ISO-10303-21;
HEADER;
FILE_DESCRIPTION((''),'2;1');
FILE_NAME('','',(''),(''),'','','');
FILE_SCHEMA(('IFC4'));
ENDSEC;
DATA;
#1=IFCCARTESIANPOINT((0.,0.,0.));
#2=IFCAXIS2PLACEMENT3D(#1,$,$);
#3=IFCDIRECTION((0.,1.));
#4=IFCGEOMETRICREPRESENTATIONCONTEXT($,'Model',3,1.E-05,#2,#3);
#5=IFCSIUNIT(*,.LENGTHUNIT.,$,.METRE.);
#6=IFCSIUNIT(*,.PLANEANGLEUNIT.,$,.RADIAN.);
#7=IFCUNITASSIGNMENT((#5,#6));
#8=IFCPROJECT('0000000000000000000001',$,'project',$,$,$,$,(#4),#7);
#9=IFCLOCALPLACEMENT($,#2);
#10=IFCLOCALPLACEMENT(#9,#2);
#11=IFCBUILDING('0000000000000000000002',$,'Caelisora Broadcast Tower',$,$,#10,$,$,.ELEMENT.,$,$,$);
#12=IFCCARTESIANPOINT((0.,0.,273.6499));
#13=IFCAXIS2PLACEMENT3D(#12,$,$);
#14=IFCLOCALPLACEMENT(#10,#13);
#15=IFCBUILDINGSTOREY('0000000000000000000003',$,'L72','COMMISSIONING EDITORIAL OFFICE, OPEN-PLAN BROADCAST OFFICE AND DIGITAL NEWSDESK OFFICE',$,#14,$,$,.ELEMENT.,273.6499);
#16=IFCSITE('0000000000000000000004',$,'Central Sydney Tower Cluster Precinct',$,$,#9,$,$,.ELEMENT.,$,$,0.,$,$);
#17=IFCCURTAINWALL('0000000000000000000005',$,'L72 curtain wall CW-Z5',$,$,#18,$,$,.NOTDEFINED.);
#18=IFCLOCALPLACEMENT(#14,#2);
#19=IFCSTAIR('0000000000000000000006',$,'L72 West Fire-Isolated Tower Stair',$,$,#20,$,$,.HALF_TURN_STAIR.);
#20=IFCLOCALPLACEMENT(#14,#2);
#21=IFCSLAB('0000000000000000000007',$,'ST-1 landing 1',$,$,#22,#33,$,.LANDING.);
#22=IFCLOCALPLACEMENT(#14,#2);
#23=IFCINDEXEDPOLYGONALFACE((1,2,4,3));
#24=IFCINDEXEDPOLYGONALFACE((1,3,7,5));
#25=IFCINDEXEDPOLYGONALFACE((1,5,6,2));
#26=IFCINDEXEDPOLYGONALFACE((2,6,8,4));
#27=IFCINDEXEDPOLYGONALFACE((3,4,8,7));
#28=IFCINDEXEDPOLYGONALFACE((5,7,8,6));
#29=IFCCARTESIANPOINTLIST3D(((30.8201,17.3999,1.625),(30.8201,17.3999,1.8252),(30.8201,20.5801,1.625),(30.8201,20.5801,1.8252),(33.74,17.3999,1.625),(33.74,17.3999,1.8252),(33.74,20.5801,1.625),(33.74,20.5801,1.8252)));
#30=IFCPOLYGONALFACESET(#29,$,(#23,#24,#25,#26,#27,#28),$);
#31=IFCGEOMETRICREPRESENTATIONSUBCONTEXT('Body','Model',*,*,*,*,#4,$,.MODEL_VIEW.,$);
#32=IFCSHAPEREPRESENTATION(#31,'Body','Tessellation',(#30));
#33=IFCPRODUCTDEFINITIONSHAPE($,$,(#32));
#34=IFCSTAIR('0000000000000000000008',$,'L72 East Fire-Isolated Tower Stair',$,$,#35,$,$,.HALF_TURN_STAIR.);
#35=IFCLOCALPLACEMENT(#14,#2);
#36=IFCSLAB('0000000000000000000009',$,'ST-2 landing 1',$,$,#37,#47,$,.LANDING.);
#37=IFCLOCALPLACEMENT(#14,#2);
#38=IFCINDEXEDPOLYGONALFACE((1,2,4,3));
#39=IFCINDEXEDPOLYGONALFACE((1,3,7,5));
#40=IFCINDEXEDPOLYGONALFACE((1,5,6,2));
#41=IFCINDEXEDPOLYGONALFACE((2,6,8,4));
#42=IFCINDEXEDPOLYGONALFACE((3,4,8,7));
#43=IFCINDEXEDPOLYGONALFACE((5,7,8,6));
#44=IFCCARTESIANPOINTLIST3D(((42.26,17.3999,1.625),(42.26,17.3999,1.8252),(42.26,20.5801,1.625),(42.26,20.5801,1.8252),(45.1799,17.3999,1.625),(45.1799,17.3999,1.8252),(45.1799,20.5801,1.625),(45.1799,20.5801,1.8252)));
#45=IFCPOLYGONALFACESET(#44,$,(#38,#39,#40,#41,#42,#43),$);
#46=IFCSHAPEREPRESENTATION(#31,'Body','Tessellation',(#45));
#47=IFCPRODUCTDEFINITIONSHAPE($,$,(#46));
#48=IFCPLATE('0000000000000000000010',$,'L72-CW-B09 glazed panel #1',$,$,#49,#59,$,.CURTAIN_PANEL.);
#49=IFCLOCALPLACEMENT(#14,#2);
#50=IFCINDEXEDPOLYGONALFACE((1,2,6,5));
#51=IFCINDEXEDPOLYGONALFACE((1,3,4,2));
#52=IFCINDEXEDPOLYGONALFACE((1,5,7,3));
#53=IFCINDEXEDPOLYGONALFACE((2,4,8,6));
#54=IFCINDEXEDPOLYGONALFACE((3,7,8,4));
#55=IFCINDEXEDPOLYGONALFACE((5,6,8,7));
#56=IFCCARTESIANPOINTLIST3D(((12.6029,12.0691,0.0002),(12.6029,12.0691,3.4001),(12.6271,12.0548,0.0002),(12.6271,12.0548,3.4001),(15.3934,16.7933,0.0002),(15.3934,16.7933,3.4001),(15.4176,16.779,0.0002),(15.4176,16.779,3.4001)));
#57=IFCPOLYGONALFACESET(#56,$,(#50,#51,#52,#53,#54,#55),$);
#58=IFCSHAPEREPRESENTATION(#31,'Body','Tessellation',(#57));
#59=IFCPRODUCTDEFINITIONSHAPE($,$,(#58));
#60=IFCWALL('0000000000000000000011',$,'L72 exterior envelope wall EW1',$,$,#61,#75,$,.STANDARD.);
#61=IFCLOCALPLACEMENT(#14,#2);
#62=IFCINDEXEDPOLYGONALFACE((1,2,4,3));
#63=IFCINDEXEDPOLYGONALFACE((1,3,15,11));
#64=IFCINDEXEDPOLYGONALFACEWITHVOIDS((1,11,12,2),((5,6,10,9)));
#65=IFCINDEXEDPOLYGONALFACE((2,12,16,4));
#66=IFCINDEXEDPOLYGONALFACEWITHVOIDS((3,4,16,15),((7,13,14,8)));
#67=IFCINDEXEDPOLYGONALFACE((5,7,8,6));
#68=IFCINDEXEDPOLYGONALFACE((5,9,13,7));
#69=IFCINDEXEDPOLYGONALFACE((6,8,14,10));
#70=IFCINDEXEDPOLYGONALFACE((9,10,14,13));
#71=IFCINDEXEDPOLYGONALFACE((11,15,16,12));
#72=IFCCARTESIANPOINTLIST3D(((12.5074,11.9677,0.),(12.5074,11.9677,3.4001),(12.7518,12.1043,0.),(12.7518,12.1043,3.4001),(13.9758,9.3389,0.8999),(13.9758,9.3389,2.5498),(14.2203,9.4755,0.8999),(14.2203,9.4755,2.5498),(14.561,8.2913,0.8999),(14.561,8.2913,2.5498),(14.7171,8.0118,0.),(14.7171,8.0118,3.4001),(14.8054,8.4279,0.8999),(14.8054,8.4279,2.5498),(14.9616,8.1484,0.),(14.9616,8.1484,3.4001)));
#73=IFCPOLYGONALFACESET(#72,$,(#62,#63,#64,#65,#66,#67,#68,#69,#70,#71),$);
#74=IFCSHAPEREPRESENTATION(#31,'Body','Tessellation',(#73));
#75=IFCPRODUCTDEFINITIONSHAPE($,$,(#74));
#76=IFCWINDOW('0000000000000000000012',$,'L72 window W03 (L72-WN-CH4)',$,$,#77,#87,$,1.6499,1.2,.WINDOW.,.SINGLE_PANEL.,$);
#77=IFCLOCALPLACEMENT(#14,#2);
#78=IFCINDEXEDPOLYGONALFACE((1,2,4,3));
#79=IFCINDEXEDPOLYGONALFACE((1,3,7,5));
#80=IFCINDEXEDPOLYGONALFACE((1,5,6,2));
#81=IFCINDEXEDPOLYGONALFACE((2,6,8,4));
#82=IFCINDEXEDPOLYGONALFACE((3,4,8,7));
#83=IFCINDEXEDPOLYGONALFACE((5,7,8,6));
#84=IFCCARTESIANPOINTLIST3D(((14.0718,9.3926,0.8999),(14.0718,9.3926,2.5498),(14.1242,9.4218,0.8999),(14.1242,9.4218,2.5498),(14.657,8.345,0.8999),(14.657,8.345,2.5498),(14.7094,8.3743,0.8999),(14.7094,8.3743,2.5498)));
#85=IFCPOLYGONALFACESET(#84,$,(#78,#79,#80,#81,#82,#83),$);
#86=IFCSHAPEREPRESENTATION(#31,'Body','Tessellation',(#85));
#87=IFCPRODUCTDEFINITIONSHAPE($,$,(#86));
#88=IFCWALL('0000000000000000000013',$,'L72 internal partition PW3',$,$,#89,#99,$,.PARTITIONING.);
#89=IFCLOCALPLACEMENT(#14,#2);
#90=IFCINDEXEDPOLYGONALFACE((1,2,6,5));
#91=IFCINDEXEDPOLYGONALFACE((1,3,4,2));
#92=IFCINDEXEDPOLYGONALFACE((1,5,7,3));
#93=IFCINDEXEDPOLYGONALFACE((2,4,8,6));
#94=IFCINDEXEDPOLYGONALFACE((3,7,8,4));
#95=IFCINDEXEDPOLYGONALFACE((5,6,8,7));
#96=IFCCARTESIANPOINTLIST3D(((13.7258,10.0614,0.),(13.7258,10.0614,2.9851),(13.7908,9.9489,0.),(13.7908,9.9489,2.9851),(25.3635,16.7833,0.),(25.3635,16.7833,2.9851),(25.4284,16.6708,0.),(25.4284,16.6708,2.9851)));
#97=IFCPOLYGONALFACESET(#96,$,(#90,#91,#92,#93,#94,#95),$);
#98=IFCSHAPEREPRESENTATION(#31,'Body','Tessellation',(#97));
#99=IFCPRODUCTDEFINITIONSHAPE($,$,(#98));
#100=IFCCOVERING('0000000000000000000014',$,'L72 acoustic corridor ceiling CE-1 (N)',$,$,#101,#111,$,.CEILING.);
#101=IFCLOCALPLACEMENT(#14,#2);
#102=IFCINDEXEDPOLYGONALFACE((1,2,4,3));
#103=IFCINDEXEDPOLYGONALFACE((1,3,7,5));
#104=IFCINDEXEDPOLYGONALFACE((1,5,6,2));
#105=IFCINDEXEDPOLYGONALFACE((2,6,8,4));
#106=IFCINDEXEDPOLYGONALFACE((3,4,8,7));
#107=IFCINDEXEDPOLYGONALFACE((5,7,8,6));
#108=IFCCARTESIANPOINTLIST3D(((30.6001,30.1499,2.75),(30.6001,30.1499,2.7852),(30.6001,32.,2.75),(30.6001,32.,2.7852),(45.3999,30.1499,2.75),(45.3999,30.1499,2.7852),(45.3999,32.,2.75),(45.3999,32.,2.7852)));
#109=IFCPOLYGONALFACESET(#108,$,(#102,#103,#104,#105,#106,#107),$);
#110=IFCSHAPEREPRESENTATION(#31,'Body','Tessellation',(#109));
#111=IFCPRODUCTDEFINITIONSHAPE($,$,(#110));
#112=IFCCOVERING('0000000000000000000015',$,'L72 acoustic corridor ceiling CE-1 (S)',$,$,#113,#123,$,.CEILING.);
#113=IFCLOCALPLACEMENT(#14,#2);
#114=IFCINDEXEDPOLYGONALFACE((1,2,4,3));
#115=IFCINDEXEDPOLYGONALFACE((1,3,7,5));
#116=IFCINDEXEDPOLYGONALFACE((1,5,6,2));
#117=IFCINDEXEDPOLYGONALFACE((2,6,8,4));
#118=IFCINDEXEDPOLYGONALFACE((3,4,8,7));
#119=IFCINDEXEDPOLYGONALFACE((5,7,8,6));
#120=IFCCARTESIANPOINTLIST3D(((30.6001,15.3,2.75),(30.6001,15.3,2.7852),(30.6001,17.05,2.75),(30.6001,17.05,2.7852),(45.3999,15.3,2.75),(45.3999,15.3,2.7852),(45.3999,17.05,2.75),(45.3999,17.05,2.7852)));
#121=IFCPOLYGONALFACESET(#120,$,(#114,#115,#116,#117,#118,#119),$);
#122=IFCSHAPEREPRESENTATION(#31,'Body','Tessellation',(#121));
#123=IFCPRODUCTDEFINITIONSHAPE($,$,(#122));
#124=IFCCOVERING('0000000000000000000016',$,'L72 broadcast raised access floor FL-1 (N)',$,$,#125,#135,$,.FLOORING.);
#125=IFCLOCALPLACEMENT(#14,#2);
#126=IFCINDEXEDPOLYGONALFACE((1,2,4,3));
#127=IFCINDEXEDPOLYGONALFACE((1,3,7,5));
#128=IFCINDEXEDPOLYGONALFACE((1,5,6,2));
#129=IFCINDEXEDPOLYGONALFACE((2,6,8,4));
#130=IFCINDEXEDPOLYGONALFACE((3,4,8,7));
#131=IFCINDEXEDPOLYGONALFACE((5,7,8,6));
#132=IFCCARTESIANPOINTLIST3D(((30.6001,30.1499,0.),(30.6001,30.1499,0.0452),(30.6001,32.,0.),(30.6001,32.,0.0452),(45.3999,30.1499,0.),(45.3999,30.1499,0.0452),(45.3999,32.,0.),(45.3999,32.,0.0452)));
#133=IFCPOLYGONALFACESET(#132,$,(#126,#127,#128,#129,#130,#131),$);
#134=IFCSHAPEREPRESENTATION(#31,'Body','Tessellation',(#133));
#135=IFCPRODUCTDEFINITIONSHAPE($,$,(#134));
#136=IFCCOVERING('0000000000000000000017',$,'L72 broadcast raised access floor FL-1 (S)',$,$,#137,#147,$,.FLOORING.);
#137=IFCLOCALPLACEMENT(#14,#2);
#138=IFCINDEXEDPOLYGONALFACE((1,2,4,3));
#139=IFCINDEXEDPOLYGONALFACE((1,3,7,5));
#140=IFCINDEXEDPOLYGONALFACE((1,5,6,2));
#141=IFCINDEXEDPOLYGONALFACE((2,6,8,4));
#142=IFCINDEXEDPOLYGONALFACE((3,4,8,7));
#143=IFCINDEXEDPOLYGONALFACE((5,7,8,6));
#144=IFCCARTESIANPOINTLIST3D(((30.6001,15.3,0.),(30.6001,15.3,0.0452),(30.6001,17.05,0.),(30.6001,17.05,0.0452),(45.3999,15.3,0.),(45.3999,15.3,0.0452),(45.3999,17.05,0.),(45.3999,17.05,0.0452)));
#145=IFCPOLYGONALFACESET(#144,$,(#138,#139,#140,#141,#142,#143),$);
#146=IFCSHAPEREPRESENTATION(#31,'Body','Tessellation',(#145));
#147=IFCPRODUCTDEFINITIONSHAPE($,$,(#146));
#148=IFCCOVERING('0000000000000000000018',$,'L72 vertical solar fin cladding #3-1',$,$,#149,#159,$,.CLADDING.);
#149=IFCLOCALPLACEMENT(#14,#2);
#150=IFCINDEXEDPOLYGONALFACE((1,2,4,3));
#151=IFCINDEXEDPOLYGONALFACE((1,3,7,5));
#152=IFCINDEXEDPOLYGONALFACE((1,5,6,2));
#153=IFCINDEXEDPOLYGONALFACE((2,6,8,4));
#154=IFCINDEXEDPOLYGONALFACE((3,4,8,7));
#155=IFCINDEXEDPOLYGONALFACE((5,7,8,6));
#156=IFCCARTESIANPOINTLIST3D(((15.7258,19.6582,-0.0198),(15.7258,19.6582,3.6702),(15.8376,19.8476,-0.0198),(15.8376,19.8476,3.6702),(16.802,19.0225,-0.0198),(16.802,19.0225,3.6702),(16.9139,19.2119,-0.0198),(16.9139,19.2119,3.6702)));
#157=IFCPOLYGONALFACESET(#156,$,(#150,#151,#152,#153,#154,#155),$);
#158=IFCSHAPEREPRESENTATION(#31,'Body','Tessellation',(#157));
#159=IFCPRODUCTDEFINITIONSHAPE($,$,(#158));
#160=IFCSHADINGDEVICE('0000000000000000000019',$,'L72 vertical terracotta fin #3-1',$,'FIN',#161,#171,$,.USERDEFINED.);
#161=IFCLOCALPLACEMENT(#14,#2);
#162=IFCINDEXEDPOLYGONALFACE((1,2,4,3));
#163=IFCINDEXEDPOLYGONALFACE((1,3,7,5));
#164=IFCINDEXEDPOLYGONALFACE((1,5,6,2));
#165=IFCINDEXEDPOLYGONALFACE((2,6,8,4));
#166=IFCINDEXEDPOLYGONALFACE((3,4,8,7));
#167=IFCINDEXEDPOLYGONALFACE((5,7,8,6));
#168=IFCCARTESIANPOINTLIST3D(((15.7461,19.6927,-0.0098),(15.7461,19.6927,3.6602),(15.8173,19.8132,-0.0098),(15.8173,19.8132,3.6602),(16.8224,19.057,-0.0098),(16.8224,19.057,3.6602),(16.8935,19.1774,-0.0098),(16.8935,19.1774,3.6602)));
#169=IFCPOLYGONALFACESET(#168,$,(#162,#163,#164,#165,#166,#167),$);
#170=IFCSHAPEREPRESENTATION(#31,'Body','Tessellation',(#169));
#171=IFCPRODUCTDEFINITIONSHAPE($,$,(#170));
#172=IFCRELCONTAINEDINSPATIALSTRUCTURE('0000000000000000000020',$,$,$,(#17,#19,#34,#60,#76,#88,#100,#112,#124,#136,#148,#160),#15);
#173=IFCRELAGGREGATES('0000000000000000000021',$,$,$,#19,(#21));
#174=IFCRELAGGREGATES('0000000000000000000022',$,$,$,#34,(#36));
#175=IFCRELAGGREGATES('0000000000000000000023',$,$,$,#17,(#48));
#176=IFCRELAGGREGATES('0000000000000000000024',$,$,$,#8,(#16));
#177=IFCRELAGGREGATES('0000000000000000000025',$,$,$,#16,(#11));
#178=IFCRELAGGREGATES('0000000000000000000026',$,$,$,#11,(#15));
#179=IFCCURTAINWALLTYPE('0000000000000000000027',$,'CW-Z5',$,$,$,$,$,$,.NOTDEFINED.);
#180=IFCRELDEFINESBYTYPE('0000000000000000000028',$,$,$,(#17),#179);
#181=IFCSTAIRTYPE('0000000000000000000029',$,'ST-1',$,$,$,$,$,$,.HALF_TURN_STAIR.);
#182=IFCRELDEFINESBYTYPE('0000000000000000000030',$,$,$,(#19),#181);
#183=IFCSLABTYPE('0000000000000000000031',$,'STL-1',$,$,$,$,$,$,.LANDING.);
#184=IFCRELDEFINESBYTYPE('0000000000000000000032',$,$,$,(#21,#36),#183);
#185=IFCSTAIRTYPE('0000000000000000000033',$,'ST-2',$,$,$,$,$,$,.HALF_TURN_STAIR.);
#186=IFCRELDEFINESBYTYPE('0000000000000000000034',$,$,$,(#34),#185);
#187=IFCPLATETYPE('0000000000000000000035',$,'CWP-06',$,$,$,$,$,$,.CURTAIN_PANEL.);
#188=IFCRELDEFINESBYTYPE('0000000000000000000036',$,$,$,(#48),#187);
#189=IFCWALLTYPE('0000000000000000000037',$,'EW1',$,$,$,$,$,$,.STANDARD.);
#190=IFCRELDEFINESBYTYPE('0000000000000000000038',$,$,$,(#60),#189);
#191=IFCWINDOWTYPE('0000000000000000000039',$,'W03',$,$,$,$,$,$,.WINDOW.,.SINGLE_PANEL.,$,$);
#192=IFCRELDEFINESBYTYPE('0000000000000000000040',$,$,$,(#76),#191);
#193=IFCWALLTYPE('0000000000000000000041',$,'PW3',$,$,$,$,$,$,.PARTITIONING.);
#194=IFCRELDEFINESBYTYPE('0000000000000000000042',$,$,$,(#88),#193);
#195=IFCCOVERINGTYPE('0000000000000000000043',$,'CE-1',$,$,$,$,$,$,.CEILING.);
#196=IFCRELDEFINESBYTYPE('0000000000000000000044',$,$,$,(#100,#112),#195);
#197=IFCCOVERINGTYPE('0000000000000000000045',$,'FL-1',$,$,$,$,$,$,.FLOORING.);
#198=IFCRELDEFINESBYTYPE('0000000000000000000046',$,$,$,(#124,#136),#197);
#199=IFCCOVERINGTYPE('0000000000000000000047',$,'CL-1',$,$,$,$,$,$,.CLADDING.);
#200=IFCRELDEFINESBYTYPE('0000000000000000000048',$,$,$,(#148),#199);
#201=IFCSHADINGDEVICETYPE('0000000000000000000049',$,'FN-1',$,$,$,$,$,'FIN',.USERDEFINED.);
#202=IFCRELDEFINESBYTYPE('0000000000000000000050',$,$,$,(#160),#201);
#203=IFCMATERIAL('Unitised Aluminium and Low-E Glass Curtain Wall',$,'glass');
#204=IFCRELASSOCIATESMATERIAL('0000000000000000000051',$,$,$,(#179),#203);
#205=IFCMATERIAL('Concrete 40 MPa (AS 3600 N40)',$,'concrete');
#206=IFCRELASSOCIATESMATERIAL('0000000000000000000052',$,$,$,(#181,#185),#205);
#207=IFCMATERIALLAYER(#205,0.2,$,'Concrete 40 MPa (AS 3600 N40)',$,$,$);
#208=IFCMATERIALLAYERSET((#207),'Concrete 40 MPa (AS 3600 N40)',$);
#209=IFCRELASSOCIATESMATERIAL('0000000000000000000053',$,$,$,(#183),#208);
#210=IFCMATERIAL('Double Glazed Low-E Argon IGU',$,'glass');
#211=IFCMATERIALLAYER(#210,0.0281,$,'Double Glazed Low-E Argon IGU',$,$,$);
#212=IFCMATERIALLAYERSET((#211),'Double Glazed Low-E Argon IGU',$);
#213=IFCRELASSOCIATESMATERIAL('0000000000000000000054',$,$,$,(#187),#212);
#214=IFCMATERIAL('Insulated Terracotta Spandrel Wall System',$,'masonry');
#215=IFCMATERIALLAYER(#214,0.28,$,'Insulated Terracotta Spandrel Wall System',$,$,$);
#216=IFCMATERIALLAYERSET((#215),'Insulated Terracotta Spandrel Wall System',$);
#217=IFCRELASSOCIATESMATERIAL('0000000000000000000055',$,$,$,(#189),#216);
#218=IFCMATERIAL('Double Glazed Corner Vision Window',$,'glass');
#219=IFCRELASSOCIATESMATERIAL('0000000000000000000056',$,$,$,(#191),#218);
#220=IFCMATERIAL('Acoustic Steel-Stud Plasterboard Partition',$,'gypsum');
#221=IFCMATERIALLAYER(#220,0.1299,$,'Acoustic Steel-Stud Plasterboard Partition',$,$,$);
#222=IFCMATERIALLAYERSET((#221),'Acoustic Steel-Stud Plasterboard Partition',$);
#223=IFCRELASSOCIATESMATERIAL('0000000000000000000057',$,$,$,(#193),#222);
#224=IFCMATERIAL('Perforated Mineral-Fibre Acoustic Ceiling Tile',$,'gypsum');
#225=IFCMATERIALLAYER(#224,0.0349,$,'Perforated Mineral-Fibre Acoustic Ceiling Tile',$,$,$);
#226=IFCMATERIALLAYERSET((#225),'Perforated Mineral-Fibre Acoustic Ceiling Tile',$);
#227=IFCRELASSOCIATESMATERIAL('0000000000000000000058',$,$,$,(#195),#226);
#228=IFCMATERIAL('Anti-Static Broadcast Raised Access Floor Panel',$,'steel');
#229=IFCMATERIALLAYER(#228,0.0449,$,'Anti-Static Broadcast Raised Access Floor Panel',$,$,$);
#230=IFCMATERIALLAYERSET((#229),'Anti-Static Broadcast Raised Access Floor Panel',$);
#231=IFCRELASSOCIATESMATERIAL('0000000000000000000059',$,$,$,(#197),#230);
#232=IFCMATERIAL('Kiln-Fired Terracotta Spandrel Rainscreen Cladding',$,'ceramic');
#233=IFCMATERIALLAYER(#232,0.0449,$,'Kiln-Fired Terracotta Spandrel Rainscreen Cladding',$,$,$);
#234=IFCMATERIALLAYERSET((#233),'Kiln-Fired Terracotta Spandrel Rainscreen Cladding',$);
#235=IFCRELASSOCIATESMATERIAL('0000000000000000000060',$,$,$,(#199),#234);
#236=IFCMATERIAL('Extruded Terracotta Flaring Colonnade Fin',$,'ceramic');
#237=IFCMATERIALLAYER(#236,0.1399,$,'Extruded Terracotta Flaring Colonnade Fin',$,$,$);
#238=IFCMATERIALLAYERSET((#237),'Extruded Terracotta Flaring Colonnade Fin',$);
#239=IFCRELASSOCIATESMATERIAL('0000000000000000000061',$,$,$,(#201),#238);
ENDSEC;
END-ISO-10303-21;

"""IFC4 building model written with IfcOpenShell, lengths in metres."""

from ifc_helpers import new_model, si_unit, direction, frame, frame_2d, origin, origin_2d, place, context, subcontext, project, spatial, polyline, rectangle, outline, extrude, source, transform, mapped, material, layer, layer_set, type_object, type_shapes, element, fill, aggregate, save


model = new_model("IFC4")

# Units and contexts
model_context = context("Model", 3, precision=1e-05, world=origin(), true_north=direction((0.0, 1.0)))
body_context = subcontext(model_context, "Body", "Model", "MODEL_VIEW")
ifc_project = project(units=[si_unit("LENGTHUNIT", "METRE"), si_unit("PLANEANGLEUNIT", "RADIAN")], contexts=[model_context])

# Site, building, storey
site_placement = place(None, origin())
site = spatial("IfcSite", under=ifc_project, at=site_placement, Name="Central Sydney Tower Cluster Precinct", CompositionType="ELEMENT", RefElevation=0.0)
building_placement = place(site_placement, origin())
building = spatial("IfcBuilding", under=site, at=building_placement, Name="Caelisora Broadcast Tower", CompositionType="ELEMENT")
storey_placement = place(building_placement, frame((0.0, 0.0, 273.6499)))
storey = spatial("IfcBuildingStorey", under=building, at=storey_placement, Name="L72", Description="COMMISSIONING EDITORIAL OFFICE, OPEN-PLAN BROADCAST OFFICE AND DIGITAL NEWSDESK OFFICE", CompositionType="ELEMENT", Elevation=273.6499)

# Shared definitions
ifc_material_1 = material(Name="Unitised Aluminium and Low-E Glass Curtain Wall", Category="glass")
curtain_wall_type = type_object("IfcCurtainWallType", Name="CW-Z5", PredefinedType="NOTDEFINED", material=ifc_material_1)

# Curtain wall
curtain_wall_1_placement = place(storey_placement, origin())
curtain_wall_1 = element("IfcCurtainWall", 1, at=curtain_wall_1_placement, inside=storey, type_object=curtain_wall_type, Name="L72 curtain wall CW-Z5", PredefinedType="NOTDEFINED")

# Shared definitions
ifc_material_2 = material(Name="Concrete 40 MPa (AS 3600 N40)", Category="concrete")

# Stairs, slabs
stair_type_1 = type_object("IfcStairType", Name="ST-1", PredefinedType="HALF_TURN_STAIR", material=ifc_material_2)
stair_1_placement = place(storey_placement, origin())
stair_1 = element("IfcStair", 2, at=stair_1_placement, inside=storey, type_object=stair_type_1, Name="L72 West Fire-Isolated Tower Stair", PredefinedType="HALF_TURN_STAIR")
ifc_layer_1 = layer(ifc_material_2, 0.2, Name="Concrete 40 MPa (AS 3600 N40)")
ifc_layer_set_1 = layer_set([ifc_layer_1], Name="Concrete 40 MPa (AS 3600 N40)")
slab_type_1 = type_object("IfcSlabType", Name="STL-1", PredefinedType="LANDING", material=ifc_layer_set_1)
slab_1_placement = place(storey_placement, frame((0.0, 0.0, 1.625)))
slab_1 = element("IfcSlab", 3, at=slab_1_placement, type_object=slab_type_1, Name="ST-1 landing 1", PredefinedType="LANDING", context=body_context, shape_type="SweptSolid", body=[
    extrude(outline(polyline([(30.8201, 20.5801), (30.8201, 17.3999), (33.74, 17.3999), (33.74, 20.5801), (30.8201, 20.5801)])), origin(), (0.0, 0.0, 1.0), 0.2002),
])
aggregate(stair_1, [slab_1])
stair_type_2 = type_object("IfcStairType", Name="ST-2", PredefinedType="HALF_TURN_STAIR", material=ifc_material_2)
stair_2_placement = place(storey_placement, origin())
stair_2 = element("IfcStair", 4, at=stair_2_placement, inside=storey, type_object=stair_type_2, Name="L72 East Fire-Isolated Tower Stair", PredefinedType="HALF_TURN_STAIR")
slab_2_placement = place(storey_placement, frame((0.0, 0.0, 1.625)))
slab_2 = element("IfcSlab", 5, at=slab_2_placement, type_object=slab_type_1, Name="ST-2 landing 1", PredefinedType="LANDING", context=body_context, shape_type="SweptSolid", body=[
    extrude(outline(polyline([(42.26, 20.5801), (42.26, 17.3999), (45.1799, 17.3999), (45.1799, 20.5801), (42.26, 20.5801)])), origin(), (0.0, 0.0, 1.0), 0.2002),
])
aggregate(stair_2, [slab_2])

# Plate
ifc_material_3 = material(Name="Double Glazed Low-E Argon IGU", Category="glass")
ifc_layer_2 = layer(ifc_material_3, 0.0281, Name="Double Glazed Low-E Argon IGU")
ifc_layer_set_2 = layer_set([ifc_layer_2], Name="Double Glazed Low-E Argon IGU")
plate_type = type_object("IfcPlateType", Name="CWP-06", PredefinedType="CURTAIN_PANEL", material=ifc_layer_set_2)
shared_shape_1 = source(origin(), body_context, "Body", "SweptSolid", [
    extrude(rectangle(XDim=5.4868, YDim=0.0281, at=origin_2d()), origin(), (0.0, 0.0, 1.0), 3.3999),
])
type_shapes(plate_type, [shared_shape_1])
plate_placement = place(storey_placement, frame((14.0103, 14.4241, 0.0002), z_axis=(0.0, 0.0, 1.0), x_axis=(0.508591, 0.861008, 0.0)))
plate = element("IfcPlate", 6, at=plate_placement, type_object=plate_type, Name="L72-CW-B09 glazed panel #1", PredefinedType="CURTAIN_PANEL", context=body_context, shape_type="MappedRepresentation", body=[
    mapped(shared_shape_1, transform((0.0, 0.0, 0.0), scale=1.0)),
])
aggregate(curtain_wall_1, [plate])

# Wall, opening, window
ifc_material_4 = material(Name="Insulated Terracotta Spandrel Wall System", Category="masonry")
ifc_layer_3 = layer(ifc_material_4, 0.28, Name="Insulated Terracotta Spandrel Wall System")
ifc_layer_set_3 = layer_set([ifc_layer_3], Name="Insulated Terracotta Spandrel Wall System")
wall_type_1 = type_object("IfcWallType", Name="EW1", PredefinedType="STANDARD", material=ifc_layer_set_3)
wall_1_placement = place(storey_placement, frame((14.8394, 8.0801, 0.0), z_axis=(0.0, 0.0, 1.0), x_axis=(-0.487673, 0.873026, 0.0)))
wall_1 = element("IfcWall", 7, at=wall_1_placement, inside=storey, type_object=wall_type_1, Name="L72 exterior envelope wall EW1", PredefinedType="STANDARD", context=body_context, shape_type="SweptSolid", body=[
    extrude(rectangle(XDim=4.5312, YDim=0.28, at=frame_2d((2.2656, 0.0))), origin(), (0.0, 0.0, 1.0), 3.4001),
])
opening_placement = place(wall_1_placement, frame((0.3201, 0.0, 0.8999)))
opening = element("IfcOpeningElement", 8, at=opening_placement, cuts=wall_1, PredefinedType="OPENING", context=body_context, shape_type="SweptSolid", body=[
    extrude(rectangle(XDim=1.2, YDim=1.6499, at=frame_2d((0.6001, 0.825))), frame((0.0, 0.1521, 0.0), z_axis=(0.0, -1.0, 0.0), x_axis=(1.0, 0.0, 0.0)), (0.0, 0.0, 1.0), 0.304),
])
ifc_material_5 = material(Name="Double Glazed Corner Vision Window", Category="glass")
window_type = type_object("IfcWindowType", Name="W03", PartitioningType="SINGLE_PANEL", PredefinedType="WINDOW", material=ifc_material_5)
window_placement = place(opening_placement, origin())
window = element("IfcWindow", 9, at=window_placement, inside=storey, type_object=window_type, Name="L72 window W03 (L72-WN-CH4)", OverallHeight=1.6499, OverallWidth=1.2, PartitioningType="SINGLE_PANEL", PredefinedType="WINDOW", context=body_context, shape_type="SweptSolid", body=[
    extrude(rectangle(XDim=1.2, YDim=1.6499, at=frame_2d((0.6001, 0.825))), frame((0.0, 0.03, 0.0), z_axis=(0.0, -1.0, 0.0), x_axis=(1.0, 0.0, 0.0)), (0.0, 0.0, 1.0), 0.0601),
])
fill(opening, window)

# Wall
ifc_material_6 = material(Name="Acoustic Steel-Stud Plasterboard Partition", Category="gypsum")
ifc_layer_4 = layer(ifc_material_6, 0.1299, Name="Acoustic Steel-Stud Plasterboard Partition")
ifc_layer_set_4 = layer_set([ifc_layer_4], Name="Acoustic Steel-Stud Plasterboard Partition")
wall_type_2 = type_object("IfcWallType", Name="PW3", PredefinedType="PARTITIONING", material=ifc_layer_set_4)
wall_2_placement = place(storey_placement, frame((13.7583, 10.0051, 0.0), z_axis=(0.0, 0.0, 1.0), x_axis=(0.865932, 0.500162, 0.0)))
element("IfcWall", 10, at=wall_2_placement, inside=storey, type_object=wall_type_2, Name="L72 internal partition PW3", PredefinedType="PARTITIONING", context=body_context, shape_type="SweptSolid", body=[
    extrude(rectangle(XDim=13.4395, YDim=0.1299, at=frame_2d((6.7197, 0.0))), origin(), (0.0, 0.0, 1.0), 2.9851),
])

# Coverings
ifc_material_7 = material(Name="Perforated Mineral-Fibre Acoustic Ceiling Tile", Category="gypsum")
ifc_layer_5 = layer(ifc_material_7, 0.0349, Name="Perforated Mineral-Fibre Acoustic Ceiling Tile")
ifc_layer_set_5 = layer_set([ifc_layer_5], Name="Perforated Mineral-Fibre Acoustic Ceiling Tile")
covering_type_1 = type_object("IfcCoveringType", Name="CE-1", PredefinedType="CEILING", material=ifc_layer_set_5)
covering_1_placement = place(storey_placement, frame((0.0, 0.0, 2.75)))
element("IfcCovering", 11, at=covering_1_placement, inside=storey, type_object=covering_type_1, Name="L72 acoustic corridor ceiling CE-1 (N)", PredefinedType="CEILING", context=body_context, shape_type="SweptSolid", body=[
    extrude(outline(polyline([(30.6001, 30.1499), (45.3999, 30.1499), (45.3999, 32.0), (30.6001, 32.0), (30.6001, 30.1499)])), origin(), (0.0, 0.0, 1.0), 0.0352),
])
covering_2_placement = place(storey_placement, frame((0.0, 0.0, 2.75)))
element("IfcCovering", 12, at=covering_2_placement, inside=storey, type_object=covering_type_1, Name="L72 acoustic corridor ceiling CE-1 (S)", PredefinedType="CEILING", context=body_context, shape_type="SweptSolid", body=[
    extrude(outline(polyline([(30.6001, 15.3), (45.3999, 15.3), (45.3999, 17.05), (30.6001, 17.05), (30.6001, 15.3)])), origin(), (0.0, 0.0, 1.0), 0.0352),
])
ifc_material_8 = material(Name="Anti-Static Broadcast Raised Access Floor Panel", Category="steel")
ifc_layer_6 = layer(ifc_material_8, 0.0449, Name="Anti-Static Broadcast Raised Access Floor Panel")
ifc_layer_set_6 = layer_set([ifc_layer_6], Name="Anti-Static Broadcast Raised Access Floor Panel")
covering_type_2 = type_object("IfcCoveringType", Name="FL-1", PredefinedType="FLOORING", material=ifc_layer_set_6)
covering_3_placement = place(storey_placement, origin())
element("IfcCovering", 13, at=covering_3_placement, inside=storey, type_object=covering_type_2, Name="L72 broadcast raised access floor FL-1 (N)", PredefinedType="FLOORING", context=body_context, shape_type="SweptSolid", body=[
    extrude(outline(polyline([(30.6001, 30.1499), (45.3999, 30.1499), (45.3999, 32.0), (30.6001, 32.0), (30.6001, 30.1499)])), origin(), (0.0, 0.0, 1.0), 0.0452),
])
covering_4_placement = place(storey_placement, origin())
element("IfcCovering", 14, at=covering_4_placement, inside=storey, type_object=covering_type_2, Name="L72 broadcast raised access floor FL-1 (S)", PredefinedType="FLOORING", context=body_context, shape_type="SweptSolid", body=[
    extrude(outline(polyline([(30.6001, 15.3), (45.3999, 15.3), (45.3999, 17.05), (30.6001, 17.05), (30.6001, 15.3)])), origin(), (0.0, 0.0, 1.0), 0.0452),
])
ifc_material_9 = material(Name="Kiln-Fired Terracotta Spandrel Rainscreen Cladding", Category="ceramic")
ifc_layer_7 = layer(ifc_material_9, 0.0449, Name="Kiln-Fired Terracotta Spandrel Rainscreen Cladding")
ifc_layer_set_7 = layer_set([ifc_layer_7], Name="Kiln-Fired Terracotta Spandrel Rainscreen Cladding")
covering_type_3 = type_object("IfcCoveringType", Name="CL-1", PredefinedType="CLADDING", material=ifc_layer_set_7)
shared_shape_2 = source(origin(), body_context, "Body", "SweptSolid", [
    extrude(rectangle(XDim=0.22, YDim=1.25, at=origin_2d()), origin(), (0.0, 0.0, 1.0), 3.6899),
])
type_shapes(covering_type_3, [shared_shape_2])
covering_5_placement = place(storey_placement, frame((16.3198, 19.4351, -0.0198), z_axis=(0.0, 0.0, 1.0), x_axis=(0.508591, 0.861008, 0.0)))
element("IfcCovering", 15, at=covering_5_placement, inside=storey, type_object=covering_type_3, Name="L72 vertical solar fin cladding #3-1", PredefinedType="CLADDING", context=body_context, shape_type="MappedRepresentation", body=[
    mapped(shared_shape_2, transform((0.0, 0.0, 0.0), scale=1.0)),
])

# Shading device
ifc_material_10 = material(Name="Extruded Terracotta Flaring Colonnade Fin", Category="ceramic")
ifc_layer_8 = layer(ifc_material_10, 0.1399, Name="Extruded Terracotta Flaring Colonnade Fin")
ifc_layer_set_8 = layer_set([ifc_layer_8], Name="Extruded Terracotta Flaring Colonnade Fin")
shading_device_type = type_object("IfcShadingDeviceType", Name="FN-1", ElementType="FIN", PredefinedType="USERDEFINED", material=ifc_layer_set_8)
shared_shape_3 = source(origin(), body_context, "Body", "SweptSolid", [
    extrude(rectangle(XDim=0.1399, YDim=1.25, at=origin_2d()), origin(), (0.0, 0.0, 1.0), 3.6699),
])
type_shapes(shading_device_type, [shared_shape_3])
shading_device_placement = place(storey_placement, frame((16.3198, 19.4351, -0.0098), z_axis=(0.0, 0.0, 1.0), x_axis=(0.508591, 0.861008, 0.0)))
element("IfcShadingDevice", 16, at=shading_device_placement, inside=storey, type_object=shading_device_type, Name="L72 vertical terracotta fin #3-1", ObjectType="FIN", PredefinedType="USERDEFINED", context=body_context, shape_type="MappedRepresentation", body=[
    mapped(shared_shape_3, transform((0.0, 0.0, 0.0), scale=1.0)),
])

save(model, "model.ifc")
